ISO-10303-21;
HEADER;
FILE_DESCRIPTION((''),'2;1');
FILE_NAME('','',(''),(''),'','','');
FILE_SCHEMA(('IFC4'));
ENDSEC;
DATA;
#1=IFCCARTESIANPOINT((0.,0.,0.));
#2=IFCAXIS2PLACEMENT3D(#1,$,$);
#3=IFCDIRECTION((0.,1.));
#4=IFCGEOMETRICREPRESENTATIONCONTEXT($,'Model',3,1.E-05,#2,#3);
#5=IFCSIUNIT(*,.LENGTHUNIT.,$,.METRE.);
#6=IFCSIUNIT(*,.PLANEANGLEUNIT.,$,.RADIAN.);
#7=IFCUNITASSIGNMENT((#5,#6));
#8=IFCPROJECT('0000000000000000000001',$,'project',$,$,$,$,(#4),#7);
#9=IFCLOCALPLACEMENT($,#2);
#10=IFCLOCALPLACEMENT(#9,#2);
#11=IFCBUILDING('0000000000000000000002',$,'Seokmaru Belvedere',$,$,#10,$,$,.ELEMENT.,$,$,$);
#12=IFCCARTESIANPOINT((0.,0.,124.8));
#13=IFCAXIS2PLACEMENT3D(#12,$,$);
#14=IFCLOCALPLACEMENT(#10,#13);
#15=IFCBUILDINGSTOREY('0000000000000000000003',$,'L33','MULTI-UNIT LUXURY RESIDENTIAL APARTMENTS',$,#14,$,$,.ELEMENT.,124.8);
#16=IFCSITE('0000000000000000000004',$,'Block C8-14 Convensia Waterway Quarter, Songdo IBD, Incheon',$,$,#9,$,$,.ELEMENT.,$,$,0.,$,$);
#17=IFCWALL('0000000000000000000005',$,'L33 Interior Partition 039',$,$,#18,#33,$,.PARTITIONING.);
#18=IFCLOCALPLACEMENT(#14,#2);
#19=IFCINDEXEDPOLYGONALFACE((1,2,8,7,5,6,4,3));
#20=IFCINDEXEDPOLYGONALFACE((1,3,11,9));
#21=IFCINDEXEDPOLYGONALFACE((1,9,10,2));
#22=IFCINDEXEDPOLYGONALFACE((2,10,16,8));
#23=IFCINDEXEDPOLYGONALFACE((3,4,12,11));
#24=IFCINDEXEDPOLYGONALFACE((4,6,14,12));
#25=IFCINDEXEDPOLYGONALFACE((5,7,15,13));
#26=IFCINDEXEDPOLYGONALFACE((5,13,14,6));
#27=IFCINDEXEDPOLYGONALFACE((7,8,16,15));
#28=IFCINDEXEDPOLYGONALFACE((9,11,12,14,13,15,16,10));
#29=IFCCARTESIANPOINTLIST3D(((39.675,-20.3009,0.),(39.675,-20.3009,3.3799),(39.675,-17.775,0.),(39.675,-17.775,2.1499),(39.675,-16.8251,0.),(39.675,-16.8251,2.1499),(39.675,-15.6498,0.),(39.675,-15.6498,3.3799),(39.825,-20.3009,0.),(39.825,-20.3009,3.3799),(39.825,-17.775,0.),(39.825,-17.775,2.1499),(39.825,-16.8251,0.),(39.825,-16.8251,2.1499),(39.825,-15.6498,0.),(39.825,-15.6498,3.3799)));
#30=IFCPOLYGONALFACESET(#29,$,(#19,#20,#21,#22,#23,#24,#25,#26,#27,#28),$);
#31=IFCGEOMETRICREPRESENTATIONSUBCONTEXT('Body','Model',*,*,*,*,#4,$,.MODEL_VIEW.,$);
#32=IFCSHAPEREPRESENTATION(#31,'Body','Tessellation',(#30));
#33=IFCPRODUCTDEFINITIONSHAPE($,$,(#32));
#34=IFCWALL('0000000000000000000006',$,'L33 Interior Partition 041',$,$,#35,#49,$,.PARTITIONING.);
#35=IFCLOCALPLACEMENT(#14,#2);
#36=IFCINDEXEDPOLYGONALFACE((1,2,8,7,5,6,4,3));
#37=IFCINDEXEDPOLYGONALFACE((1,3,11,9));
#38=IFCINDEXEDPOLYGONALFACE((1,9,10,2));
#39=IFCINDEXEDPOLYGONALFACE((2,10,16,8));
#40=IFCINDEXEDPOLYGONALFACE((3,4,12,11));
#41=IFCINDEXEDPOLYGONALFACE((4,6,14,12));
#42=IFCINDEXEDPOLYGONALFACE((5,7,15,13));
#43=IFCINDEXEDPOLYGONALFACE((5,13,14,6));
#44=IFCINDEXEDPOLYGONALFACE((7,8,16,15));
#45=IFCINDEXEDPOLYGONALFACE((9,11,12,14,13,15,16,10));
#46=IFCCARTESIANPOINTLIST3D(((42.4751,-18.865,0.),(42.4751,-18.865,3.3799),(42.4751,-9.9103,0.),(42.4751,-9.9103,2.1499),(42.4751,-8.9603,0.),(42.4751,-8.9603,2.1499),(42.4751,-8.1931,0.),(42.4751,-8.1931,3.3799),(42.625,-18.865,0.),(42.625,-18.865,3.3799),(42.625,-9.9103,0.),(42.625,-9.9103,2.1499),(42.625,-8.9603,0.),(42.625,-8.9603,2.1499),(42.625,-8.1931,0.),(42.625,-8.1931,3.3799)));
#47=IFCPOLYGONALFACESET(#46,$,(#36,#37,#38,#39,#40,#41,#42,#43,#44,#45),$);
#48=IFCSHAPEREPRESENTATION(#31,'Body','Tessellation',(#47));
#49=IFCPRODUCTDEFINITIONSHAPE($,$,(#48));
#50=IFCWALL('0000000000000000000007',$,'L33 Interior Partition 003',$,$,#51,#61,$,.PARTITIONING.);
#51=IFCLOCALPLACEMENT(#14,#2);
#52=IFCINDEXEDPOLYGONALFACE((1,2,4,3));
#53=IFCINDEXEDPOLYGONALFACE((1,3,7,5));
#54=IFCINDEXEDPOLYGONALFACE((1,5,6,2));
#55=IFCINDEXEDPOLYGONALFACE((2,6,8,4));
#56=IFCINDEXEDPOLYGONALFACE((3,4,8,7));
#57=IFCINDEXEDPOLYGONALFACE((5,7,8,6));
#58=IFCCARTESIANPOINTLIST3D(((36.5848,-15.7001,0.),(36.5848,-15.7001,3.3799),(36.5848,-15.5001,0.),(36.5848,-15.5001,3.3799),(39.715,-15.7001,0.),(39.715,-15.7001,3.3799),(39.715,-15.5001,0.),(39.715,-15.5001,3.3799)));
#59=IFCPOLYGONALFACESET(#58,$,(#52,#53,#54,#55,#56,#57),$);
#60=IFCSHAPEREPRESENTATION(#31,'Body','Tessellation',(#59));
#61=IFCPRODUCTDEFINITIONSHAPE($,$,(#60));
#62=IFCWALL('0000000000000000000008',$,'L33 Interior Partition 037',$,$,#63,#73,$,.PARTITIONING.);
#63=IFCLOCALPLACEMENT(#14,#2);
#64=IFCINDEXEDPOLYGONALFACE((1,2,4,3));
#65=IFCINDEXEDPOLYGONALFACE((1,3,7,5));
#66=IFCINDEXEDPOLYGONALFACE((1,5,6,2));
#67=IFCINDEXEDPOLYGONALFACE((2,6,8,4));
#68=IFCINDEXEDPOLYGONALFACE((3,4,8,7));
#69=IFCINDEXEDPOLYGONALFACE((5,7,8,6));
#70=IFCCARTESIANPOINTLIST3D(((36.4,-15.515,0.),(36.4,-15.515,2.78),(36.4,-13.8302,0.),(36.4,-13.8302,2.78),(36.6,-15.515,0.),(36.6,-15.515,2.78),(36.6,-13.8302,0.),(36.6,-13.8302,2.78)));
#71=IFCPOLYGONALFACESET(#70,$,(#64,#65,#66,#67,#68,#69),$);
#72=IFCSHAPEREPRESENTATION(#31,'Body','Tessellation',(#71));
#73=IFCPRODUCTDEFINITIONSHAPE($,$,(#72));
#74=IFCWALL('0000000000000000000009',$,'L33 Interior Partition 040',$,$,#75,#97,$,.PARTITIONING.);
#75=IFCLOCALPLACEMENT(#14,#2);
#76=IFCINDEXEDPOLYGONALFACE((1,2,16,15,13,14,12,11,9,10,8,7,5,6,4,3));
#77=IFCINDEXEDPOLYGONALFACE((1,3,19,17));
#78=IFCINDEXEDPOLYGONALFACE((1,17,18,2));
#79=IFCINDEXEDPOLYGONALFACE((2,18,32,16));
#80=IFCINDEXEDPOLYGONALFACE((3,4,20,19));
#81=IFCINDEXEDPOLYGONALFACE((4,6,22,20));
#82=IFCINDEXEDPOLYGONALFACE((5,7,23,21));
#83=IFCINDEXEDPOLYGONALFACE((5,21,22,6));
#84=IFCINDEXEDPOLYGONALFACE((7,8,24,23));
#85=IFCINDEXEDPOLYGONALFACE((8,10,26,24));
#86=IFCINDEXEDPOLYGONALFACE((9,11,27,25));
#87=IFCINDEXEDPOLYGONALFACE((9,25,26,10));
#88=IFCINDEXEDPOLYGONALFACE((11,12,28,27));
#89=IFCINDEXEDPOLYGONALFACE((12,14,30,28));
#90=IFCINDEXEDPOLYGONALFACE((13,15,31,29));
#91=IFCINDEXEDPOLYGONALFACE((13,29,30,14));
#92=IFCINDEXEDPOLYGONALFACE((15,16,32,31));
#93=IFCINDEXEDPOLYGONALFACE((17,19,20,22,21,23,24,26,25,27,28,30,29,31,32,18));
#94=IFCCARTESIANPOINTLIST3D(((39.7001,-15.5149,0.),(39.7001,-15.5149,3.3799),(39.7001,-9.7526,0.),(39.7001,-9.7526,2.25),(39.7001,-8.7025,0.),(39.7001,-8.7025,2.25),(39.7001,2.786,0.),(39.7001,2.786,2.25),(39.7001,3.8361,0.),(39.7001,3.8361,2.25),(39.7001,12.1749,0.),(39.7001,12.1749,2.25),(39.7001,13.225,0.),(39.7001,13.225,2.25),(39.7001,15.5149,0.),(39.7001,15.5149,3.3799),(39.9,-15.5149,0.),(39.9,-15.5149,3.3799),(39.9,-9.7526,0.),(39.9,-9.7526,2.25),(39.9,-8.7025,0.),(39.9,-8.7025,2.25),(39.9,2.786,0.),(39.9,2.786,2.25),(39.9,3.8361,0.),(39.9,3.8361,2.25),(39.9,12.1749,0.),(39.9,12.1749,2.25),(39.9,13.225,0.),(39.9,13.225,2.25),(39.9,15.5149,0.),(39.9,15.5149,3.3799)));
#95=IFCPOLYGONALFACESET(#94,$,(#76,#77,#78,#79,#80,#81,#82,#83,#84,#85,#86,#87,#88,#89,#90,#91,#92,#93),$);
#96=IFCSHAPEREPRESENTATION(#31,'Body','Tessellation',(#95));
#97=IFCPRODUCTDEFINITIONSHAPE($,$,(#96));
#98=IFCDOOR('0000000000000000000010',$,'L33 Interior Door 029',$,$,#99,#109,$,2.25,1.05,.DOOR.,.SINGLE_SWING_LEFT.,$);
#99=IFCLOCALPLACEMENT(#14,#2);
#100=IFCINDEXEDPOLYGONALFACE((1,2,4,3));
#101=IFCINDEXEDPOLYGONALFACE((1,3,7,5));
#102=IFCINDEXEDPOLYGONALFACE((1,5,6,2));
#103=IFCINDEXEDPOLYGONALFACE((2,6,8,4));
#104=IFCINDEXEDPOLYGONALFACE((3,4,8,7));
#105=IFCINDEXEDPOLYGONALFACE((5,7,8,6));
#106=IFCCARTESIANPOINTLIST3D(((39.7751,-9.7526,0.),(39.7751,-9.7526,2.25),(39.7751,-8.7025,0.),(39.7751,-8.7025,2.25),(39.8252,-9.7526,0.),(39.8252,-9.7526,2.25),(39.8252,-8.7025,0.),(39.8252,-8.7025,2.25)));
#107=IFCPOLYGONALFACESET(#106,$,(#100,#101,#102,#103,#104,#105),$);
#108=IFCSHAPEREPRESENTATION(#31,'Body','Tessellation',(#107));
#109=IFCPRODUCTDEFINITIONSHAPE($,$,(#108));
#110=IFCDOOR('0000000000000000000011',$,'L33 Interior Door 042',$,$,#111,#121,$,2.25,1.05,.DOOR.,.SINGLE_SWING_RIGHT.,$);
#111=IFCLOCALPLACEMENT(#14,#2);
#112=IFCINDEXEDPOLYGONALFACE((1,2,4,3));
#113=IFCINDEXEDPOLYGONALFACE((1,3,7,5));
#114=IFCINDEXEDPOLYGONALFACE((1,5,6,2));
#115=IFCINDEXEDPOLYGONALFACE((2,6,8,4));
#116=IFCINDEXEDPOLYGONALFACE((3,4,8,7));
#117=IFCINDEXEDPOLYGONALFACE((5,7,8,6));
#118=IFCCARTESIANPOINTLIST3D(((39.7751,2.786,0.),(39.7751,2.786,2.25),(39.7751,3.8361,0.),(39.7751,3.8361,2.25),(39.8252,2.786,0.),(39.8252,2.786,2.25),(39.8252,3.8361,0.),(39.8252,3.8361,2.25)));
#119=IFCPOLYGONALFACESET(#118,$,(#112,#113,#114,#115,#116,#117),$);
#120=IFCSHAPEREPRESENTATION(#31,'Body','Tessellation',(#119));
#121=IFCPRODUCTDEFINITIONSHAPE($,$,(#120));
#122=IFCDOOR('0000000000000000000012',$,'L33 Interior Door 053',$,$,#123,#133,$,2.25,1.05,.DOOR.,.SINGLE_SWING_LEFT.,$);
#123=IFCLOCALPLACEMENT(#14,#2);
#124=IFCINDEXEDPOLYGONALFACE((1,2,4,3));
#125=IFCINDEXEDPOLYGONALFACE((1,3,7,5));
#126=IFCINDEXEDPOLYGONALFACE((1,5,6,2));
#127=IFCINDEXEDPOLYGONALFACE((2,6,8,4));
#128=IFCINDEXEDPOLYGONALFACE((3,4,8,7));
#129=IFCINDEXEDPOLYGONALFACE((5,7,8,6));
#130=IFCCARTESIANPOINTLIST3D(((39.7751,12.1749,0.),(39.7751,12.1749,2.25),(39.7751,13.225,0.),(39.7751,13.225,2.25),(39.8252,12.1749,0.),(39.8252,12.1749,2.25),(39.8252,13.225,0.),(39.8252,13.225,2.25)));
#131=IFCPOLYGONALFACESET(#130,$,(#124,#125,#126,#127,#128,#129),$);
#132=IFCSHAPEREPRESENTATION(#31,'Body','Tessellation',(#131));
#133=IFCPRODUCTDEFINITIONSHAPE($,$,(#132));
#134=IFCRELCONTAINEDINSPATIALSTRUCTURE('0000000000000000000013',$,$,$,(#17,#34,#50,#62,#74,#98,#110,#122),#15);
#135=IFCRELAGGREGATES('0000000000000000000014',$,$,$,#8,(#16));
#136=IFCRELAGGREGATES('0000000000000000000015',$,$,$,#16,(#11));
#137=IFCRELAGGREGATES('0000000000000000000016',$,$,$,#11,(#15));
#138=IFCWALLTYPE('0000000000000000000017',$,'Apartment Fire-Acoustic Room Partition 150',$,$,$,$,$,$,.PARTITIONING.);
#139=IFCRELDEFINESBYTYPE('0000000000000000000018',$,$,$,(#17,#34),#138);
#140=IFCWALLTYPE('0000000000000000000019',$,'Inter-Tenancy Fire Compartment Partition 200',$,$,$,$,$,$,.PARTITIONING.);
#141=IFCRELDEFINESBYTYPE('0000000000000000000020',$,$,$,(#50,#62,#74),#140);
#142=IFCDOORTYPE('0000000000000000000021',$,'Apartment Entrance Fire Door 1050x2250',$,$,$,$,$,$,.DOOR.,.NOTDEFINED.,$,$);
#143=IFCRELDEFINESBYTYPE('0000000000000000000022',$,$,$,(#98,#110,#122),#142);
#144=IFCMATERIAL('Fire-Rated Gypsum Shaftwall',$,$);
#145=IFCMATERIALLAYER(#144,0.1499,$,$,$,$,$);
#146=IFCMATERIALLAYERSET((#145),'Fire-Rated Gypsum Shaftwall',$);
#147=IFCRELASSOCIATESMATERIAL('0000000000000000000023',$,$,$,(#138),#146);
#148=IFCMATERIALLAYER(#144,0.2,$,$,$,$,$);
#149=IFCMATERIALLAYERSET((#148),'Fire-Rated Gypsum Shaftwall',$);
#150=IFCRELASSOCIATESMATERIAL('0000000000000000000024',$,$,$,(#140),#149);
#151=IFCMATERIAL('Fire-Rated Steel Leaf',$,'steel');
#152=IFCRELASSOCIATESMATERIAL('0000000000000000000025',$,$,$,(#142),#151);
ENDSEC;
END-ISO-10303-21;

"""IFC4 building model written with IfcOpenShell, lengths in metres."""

from ifc_helpers import new_model, si_unit, direction, frame, frame_2d, origin, place, context, subcontext, project, spatial, rectangle, extrude, source, transform, mapped, material, layer, layer_set, type_object, type_shapes, element, fill, save


model = new_model("IFC4")

# Units and contexts
model_context = context("Model", 3, precision=1e-05, world=origin(), true_north=direction((0.0, 1.0)))
body_context = subcontext(model_context, "Body", "Model", "MODEL_VIEW")
ifc_project = project(units=[si_unit("LENGTHUNIT", "METRE"), si_unit("PLANEANGLEUNIT", "RADIAN")], contexts=[model_context])

# Site, building, storey
site_placement = place(None, origin())
site = spatial("IfcSite", under=ifc_project, at=site_placement, Name="Block C8-14 Convensia Waterway Quarter, Songdo IBD, Incheon", CompositionType="ELEMENT", RefElevation=0.0)
building_placement = place(site_placement, origin())
building = spatial("IfcBuilding", under=site, at=building_placement, Name="Seokmaru Belvedere", CompositionType="ELEMENT")
storey_placement = place(building_placement, frame((0.0, 0.0, 124.8)))
storey = spatial("IfcBuildingStorey", under=building, at=storey_placement, Name="L33", Description="MULTI-UNIT LUXURY RESIDENTIAL APARTMENTS", CompositionType="ELEMENT", Elevation=124.8)

# Walls, openings
ifc_material_1 = material(Name="Fire-Rated Gypsum Shaftwall")
ifc_layer_1 = layer(ifc_material_1, 0.1499)
ifc_layer_set_1 = layer_set([ifc_layer_1], Name="Fire-Rated Gypsum Shaftwall")
wall_type_1 = type_object("IfcWallType", Name="Apartment Fire-Acoustic Room Partition 150", PredefinedType="PARTITIONING", material=ifc_layer_set_1)
wall_1_placement = place(storey_placement, frame((39.75, -20.301, 0.0), z_axis=(0.0, 0.0, 1.0), x_axis=(0.0, 1.0, 0.0)))
wall_1 = element("IfcWall", 1, at=wall_1_placement, inside=storey, type_object=wall_type_1, Name="L33 Interior Partition 039", PredefinedType="PARTITIONING", context=body_context, shape_type="SweptSolid", body=[
    extrude(rectangle(XDim=4.6511, YDim=0.1499, at=frame_2d((2.3257, 0.0))), origin(), (0.0, 0.0, 1.0), 3.3799),
])
opening_1_placement = place(wall_1_placement, frame((2.5259, 0.0, 0.0)))
element("IfcOpeningElement", 2, at=opening_1_placement, cuts=wall_1, PredefinedType="OPENING", context=body_context, shape_type="SweptSolid", body=[
    extrude(rectangle(XDim=0.95, YDim=2.1499, at=frame_2d((0.4751, 1.075))), frame((0.0, 0.085, 0.0), z_axis=(0.0, -1.0, 0.0), x_axis=(1.0, 0.0, 0.0)), (0.0, 0.0, 1.0), 0.1699),
])
wall_2_placement = place(storey_placement, frame((42.55, -18.865, 0.0), z_axis=(0.0, 0.0, 1.0), x_axis=(0.0, 1.0, 0.0)))
wall_2 = element("IfcWall", 3, at=wall_2_placement, inside=storey, type_object=wall_type_1, Name="L33 Interior Partition 041", PredefinedType="PARTITIONING", context=body_context, shape_type="SweptSolid", body=[
    extrude(rectangle(XDim=10.6719, YDim=0.1499, at=frame_2d((5.3359, 0.0))), origin(), (0.0, 0.0, 1.0), 3.3799),
])
opening_2_placement = place(wall_2_placement, frame((8.9546, 0.0, 0.0)))
element("IfcOpeningElement", 4, at=opening_2_placement, cuts=wall_2, PredefinedType="OPENING", context=body_context, shape_type="SweptSolid", body=[
    extrude(rectangle(XDim=0.95, YDim=2.1499, at=frame_2d((0.4751, 1.075))), frame((0.0, 0.085, 0.0), z_axis=(0.0, -1.0, 0.0), x_axis=(1.0, 0.0, 0.0)), (0.0, 0.0, 1.0), 0.1699),
])

# Walls
ifc_layer_2 = layer(ifc_material_1, 0.2)
ifc_layer_set_2 = layer_set([ifc_layer_2], Name="Fire-Rated Gypsum Shaftwall")
wall_type_2 = type_object("IfcWallType", Name="Inter-Tenancy Fire Compartment Partition 200", PredefinedType="PARTITIONING", material=ifc_layer_set_2)
wall_3_placement = place(storey_placement, frame((36.585, -15.6001, 0.0), z_axis=(0.0, 0.0, 1.0), x_axis=(1.0, 0.0, 0.0)))
element("IfcWall", 5, at=wall_3_placement, inside=storey, type_object=wall_type_2, Name="L33 Interior Partition 003", PredefinedType="PARTITIONING", context=body_context, shape_type="SweptSolid", body=[
    extrude(rectangle(XDim=3.1301, YDim=0.2, at=frame_2d((1.5649, 0.0))), origin(), (0.0, 0.0, 1.0), 3.3799),
])
wall_4_placement = place(storey_placement, frame((36.5, -15.5149, 0.0), z_axis=(0.0, 0.0, 1.0), x_axis=(0.0, 1.0, 0.0)))
element("IfcWall", 6, at=wall_4_placement, inside=storey, type_object=wall_type_2, Name="L33 Interior Partition 037", PredefinedType="PARTITIONING", context=body_context, shape_type="SweptSolid", body=[
    extrude(rectangle(XDim=1.6848, YDim=0.2, at=frame_2d((0.8423, 0.0))), origin(), (0.0, 0.0, 1.0), 2.78),
])

# Wall, openings, doors
wall_5_placement = place(storey_placement, frame((39.8, -15.5149, 0.0), z_axis=(0.0, 0.0, 1.0), x_axis=(0.0, 1.0, 0.0)))
wall_5 = element("IfcWall", 7, at=wall_5_placement, inside=storey, type_object=wall_type_2, Name="L33 Interior Partition 040", PredefinedType="PARTITIONING", context=body_context, shape_type="SweptSolid", body=[
    extrude(rectangle(XDim=31.0298, YDim=0.2, at=frame_2d((15.5149, 0.0))), origin(), (0.0, 0.0, 1.0), 3.3799),
])
opening_3_placement = place(wall_5_placement, frame((5.7625, 0.0, 0.0)))
opening_3 = element("IfcOpeningElement", 8, at=opening_3_placement, cuts=wall_5, PredefinedType="OPENING", context=body_context, shape_type="SweptSolid", body=[
    extrude(rectangle(XDim=1.05, YDim=2.25, at=frame_2d((0.5249, 1.125))), frame((0.0, 0.1099, 0.0), z_axis=(0.0, -1.0, 0.0), x_axis=(1.0, 0.0, 0.0)), (0.0, 0.0, 1.0), 0.22),
])
opening_4_placement = place(wall_5_placement, frame((18.301, 0.0, 0.0)))
opening_4 = element("IfcOpeningElement", 9, at=opening_4_placement, cuts=wall_5, PredefinedType="OPENING", context=body_context, shape_type="SweptSolid", body=[
    extrude(rectangle(XDim=1.05, YDim=2.25, at=frame_2d((0.5249, 1.125))), frame((0.0, 0.1099, 0.0), z_axis=(0.0, -1.0, 0.0), x_axis=(1.0, 0.0, 0.0)), (0.0, 0.0, 1.0), 0.22),
])
opening_5_placement = place(wall_5_placement, frame((27.6899, 0.0, 0.0)))
opening_5 = element("IfcOpeningElement", 10, at=opening_5_placement, cuts=wall_5, PredefinedType="OPENING", context=body_context, shape_type="SweptSolid", body=[
    extrude(rectangle(XDim=1.05, YDim=2.25, at=frame_2d((0.5249, 1.125))), frame((0.0, 0.1099, 0.0), z_axis=(0.0, -1.0, 0.0), x_axis=(1.0, 0.0, 0.0)), (0.0, 0.0, 1.0), 0.22),
])
ifc_material_2 = material(Name="Fire-Rated Steel Leaf", Category="steel")
door_type = type_object("IfcDoorType", Name="Apartment Entrance Fire Door 1050x2250", OperationType="NOTDEFINED", PredefinedType="DOOR", material=ifc_material_2)
shared_shape_1 = source(origin(), body_context, "Body", "SweptSolid", [
    extrude(rectangle(XDim=1.05, YDim=2.25, at=frame_2d((0.5249, 1.125))), frame((0.0, 0.0249, 0.0), z_axis=(0.0, -1.0, 0.0), x_axis=(1.0, 0.0, 0.0)), (0.0, 0.0, 1.0), 0.05),
])
type_shapes(door_type, [shared_shape_1])
door_1_placement = place(opening_3_placement, origin())
door_1 = element("IfcDoor", 11, at=door_1_placement, inside=storey, type_object=door_type, Name="L33 Interior Door 029", OperationType="SINGLE_SWING_LEFT", OverallHeight=2.25, OverallWidth=1.05, PredefinedType="DOOR", context=body_context, shape_type="MappedRepresentation", body=[
    mapped(shared_shape_1, transform((0.0, 0.0, 0.0), scale=1.0)),
])
fill(opening_3, door_1)
door_2_placement = place(opening_4_placement, origin())
door_2 = element("IfcDoor", 12, at=door_2_placement, inside=storey, type_object=door_type, Name="L33 Interior Door 042", OperationType="SINGLE_SWING_RIGHT", OverallHeight=2.25, OverallWidth=1.05, PredefinedType="DOOR", context=body_context, shape_type="MappedRepresentation", body=[
    mapped(shared_shape_1, transform((0.0, 0.0, 0.0), scale=1.0)),
])
fill(opening_4, door_2)
door_3_placement = place(opening_5_placement, origin())
door_3 = element("IfcDoor", 13, at=door_3_placement, inside=storey, type_object=door_type, Name="L33 Interior Door 053", OperationType="SINGLE_SWING_LEFT", OverallHeight=2.25, OverallWidth=1.05, PredefinedType="DOOR", context=body_context, shape_type="MappedRepresentation", body=[
    mapped(shared_shape_1, transform((0.0, 0.0, 0.0), scale=1.0)),
])
fill(opening_5, door_3)

save(model, "model.ifc")
